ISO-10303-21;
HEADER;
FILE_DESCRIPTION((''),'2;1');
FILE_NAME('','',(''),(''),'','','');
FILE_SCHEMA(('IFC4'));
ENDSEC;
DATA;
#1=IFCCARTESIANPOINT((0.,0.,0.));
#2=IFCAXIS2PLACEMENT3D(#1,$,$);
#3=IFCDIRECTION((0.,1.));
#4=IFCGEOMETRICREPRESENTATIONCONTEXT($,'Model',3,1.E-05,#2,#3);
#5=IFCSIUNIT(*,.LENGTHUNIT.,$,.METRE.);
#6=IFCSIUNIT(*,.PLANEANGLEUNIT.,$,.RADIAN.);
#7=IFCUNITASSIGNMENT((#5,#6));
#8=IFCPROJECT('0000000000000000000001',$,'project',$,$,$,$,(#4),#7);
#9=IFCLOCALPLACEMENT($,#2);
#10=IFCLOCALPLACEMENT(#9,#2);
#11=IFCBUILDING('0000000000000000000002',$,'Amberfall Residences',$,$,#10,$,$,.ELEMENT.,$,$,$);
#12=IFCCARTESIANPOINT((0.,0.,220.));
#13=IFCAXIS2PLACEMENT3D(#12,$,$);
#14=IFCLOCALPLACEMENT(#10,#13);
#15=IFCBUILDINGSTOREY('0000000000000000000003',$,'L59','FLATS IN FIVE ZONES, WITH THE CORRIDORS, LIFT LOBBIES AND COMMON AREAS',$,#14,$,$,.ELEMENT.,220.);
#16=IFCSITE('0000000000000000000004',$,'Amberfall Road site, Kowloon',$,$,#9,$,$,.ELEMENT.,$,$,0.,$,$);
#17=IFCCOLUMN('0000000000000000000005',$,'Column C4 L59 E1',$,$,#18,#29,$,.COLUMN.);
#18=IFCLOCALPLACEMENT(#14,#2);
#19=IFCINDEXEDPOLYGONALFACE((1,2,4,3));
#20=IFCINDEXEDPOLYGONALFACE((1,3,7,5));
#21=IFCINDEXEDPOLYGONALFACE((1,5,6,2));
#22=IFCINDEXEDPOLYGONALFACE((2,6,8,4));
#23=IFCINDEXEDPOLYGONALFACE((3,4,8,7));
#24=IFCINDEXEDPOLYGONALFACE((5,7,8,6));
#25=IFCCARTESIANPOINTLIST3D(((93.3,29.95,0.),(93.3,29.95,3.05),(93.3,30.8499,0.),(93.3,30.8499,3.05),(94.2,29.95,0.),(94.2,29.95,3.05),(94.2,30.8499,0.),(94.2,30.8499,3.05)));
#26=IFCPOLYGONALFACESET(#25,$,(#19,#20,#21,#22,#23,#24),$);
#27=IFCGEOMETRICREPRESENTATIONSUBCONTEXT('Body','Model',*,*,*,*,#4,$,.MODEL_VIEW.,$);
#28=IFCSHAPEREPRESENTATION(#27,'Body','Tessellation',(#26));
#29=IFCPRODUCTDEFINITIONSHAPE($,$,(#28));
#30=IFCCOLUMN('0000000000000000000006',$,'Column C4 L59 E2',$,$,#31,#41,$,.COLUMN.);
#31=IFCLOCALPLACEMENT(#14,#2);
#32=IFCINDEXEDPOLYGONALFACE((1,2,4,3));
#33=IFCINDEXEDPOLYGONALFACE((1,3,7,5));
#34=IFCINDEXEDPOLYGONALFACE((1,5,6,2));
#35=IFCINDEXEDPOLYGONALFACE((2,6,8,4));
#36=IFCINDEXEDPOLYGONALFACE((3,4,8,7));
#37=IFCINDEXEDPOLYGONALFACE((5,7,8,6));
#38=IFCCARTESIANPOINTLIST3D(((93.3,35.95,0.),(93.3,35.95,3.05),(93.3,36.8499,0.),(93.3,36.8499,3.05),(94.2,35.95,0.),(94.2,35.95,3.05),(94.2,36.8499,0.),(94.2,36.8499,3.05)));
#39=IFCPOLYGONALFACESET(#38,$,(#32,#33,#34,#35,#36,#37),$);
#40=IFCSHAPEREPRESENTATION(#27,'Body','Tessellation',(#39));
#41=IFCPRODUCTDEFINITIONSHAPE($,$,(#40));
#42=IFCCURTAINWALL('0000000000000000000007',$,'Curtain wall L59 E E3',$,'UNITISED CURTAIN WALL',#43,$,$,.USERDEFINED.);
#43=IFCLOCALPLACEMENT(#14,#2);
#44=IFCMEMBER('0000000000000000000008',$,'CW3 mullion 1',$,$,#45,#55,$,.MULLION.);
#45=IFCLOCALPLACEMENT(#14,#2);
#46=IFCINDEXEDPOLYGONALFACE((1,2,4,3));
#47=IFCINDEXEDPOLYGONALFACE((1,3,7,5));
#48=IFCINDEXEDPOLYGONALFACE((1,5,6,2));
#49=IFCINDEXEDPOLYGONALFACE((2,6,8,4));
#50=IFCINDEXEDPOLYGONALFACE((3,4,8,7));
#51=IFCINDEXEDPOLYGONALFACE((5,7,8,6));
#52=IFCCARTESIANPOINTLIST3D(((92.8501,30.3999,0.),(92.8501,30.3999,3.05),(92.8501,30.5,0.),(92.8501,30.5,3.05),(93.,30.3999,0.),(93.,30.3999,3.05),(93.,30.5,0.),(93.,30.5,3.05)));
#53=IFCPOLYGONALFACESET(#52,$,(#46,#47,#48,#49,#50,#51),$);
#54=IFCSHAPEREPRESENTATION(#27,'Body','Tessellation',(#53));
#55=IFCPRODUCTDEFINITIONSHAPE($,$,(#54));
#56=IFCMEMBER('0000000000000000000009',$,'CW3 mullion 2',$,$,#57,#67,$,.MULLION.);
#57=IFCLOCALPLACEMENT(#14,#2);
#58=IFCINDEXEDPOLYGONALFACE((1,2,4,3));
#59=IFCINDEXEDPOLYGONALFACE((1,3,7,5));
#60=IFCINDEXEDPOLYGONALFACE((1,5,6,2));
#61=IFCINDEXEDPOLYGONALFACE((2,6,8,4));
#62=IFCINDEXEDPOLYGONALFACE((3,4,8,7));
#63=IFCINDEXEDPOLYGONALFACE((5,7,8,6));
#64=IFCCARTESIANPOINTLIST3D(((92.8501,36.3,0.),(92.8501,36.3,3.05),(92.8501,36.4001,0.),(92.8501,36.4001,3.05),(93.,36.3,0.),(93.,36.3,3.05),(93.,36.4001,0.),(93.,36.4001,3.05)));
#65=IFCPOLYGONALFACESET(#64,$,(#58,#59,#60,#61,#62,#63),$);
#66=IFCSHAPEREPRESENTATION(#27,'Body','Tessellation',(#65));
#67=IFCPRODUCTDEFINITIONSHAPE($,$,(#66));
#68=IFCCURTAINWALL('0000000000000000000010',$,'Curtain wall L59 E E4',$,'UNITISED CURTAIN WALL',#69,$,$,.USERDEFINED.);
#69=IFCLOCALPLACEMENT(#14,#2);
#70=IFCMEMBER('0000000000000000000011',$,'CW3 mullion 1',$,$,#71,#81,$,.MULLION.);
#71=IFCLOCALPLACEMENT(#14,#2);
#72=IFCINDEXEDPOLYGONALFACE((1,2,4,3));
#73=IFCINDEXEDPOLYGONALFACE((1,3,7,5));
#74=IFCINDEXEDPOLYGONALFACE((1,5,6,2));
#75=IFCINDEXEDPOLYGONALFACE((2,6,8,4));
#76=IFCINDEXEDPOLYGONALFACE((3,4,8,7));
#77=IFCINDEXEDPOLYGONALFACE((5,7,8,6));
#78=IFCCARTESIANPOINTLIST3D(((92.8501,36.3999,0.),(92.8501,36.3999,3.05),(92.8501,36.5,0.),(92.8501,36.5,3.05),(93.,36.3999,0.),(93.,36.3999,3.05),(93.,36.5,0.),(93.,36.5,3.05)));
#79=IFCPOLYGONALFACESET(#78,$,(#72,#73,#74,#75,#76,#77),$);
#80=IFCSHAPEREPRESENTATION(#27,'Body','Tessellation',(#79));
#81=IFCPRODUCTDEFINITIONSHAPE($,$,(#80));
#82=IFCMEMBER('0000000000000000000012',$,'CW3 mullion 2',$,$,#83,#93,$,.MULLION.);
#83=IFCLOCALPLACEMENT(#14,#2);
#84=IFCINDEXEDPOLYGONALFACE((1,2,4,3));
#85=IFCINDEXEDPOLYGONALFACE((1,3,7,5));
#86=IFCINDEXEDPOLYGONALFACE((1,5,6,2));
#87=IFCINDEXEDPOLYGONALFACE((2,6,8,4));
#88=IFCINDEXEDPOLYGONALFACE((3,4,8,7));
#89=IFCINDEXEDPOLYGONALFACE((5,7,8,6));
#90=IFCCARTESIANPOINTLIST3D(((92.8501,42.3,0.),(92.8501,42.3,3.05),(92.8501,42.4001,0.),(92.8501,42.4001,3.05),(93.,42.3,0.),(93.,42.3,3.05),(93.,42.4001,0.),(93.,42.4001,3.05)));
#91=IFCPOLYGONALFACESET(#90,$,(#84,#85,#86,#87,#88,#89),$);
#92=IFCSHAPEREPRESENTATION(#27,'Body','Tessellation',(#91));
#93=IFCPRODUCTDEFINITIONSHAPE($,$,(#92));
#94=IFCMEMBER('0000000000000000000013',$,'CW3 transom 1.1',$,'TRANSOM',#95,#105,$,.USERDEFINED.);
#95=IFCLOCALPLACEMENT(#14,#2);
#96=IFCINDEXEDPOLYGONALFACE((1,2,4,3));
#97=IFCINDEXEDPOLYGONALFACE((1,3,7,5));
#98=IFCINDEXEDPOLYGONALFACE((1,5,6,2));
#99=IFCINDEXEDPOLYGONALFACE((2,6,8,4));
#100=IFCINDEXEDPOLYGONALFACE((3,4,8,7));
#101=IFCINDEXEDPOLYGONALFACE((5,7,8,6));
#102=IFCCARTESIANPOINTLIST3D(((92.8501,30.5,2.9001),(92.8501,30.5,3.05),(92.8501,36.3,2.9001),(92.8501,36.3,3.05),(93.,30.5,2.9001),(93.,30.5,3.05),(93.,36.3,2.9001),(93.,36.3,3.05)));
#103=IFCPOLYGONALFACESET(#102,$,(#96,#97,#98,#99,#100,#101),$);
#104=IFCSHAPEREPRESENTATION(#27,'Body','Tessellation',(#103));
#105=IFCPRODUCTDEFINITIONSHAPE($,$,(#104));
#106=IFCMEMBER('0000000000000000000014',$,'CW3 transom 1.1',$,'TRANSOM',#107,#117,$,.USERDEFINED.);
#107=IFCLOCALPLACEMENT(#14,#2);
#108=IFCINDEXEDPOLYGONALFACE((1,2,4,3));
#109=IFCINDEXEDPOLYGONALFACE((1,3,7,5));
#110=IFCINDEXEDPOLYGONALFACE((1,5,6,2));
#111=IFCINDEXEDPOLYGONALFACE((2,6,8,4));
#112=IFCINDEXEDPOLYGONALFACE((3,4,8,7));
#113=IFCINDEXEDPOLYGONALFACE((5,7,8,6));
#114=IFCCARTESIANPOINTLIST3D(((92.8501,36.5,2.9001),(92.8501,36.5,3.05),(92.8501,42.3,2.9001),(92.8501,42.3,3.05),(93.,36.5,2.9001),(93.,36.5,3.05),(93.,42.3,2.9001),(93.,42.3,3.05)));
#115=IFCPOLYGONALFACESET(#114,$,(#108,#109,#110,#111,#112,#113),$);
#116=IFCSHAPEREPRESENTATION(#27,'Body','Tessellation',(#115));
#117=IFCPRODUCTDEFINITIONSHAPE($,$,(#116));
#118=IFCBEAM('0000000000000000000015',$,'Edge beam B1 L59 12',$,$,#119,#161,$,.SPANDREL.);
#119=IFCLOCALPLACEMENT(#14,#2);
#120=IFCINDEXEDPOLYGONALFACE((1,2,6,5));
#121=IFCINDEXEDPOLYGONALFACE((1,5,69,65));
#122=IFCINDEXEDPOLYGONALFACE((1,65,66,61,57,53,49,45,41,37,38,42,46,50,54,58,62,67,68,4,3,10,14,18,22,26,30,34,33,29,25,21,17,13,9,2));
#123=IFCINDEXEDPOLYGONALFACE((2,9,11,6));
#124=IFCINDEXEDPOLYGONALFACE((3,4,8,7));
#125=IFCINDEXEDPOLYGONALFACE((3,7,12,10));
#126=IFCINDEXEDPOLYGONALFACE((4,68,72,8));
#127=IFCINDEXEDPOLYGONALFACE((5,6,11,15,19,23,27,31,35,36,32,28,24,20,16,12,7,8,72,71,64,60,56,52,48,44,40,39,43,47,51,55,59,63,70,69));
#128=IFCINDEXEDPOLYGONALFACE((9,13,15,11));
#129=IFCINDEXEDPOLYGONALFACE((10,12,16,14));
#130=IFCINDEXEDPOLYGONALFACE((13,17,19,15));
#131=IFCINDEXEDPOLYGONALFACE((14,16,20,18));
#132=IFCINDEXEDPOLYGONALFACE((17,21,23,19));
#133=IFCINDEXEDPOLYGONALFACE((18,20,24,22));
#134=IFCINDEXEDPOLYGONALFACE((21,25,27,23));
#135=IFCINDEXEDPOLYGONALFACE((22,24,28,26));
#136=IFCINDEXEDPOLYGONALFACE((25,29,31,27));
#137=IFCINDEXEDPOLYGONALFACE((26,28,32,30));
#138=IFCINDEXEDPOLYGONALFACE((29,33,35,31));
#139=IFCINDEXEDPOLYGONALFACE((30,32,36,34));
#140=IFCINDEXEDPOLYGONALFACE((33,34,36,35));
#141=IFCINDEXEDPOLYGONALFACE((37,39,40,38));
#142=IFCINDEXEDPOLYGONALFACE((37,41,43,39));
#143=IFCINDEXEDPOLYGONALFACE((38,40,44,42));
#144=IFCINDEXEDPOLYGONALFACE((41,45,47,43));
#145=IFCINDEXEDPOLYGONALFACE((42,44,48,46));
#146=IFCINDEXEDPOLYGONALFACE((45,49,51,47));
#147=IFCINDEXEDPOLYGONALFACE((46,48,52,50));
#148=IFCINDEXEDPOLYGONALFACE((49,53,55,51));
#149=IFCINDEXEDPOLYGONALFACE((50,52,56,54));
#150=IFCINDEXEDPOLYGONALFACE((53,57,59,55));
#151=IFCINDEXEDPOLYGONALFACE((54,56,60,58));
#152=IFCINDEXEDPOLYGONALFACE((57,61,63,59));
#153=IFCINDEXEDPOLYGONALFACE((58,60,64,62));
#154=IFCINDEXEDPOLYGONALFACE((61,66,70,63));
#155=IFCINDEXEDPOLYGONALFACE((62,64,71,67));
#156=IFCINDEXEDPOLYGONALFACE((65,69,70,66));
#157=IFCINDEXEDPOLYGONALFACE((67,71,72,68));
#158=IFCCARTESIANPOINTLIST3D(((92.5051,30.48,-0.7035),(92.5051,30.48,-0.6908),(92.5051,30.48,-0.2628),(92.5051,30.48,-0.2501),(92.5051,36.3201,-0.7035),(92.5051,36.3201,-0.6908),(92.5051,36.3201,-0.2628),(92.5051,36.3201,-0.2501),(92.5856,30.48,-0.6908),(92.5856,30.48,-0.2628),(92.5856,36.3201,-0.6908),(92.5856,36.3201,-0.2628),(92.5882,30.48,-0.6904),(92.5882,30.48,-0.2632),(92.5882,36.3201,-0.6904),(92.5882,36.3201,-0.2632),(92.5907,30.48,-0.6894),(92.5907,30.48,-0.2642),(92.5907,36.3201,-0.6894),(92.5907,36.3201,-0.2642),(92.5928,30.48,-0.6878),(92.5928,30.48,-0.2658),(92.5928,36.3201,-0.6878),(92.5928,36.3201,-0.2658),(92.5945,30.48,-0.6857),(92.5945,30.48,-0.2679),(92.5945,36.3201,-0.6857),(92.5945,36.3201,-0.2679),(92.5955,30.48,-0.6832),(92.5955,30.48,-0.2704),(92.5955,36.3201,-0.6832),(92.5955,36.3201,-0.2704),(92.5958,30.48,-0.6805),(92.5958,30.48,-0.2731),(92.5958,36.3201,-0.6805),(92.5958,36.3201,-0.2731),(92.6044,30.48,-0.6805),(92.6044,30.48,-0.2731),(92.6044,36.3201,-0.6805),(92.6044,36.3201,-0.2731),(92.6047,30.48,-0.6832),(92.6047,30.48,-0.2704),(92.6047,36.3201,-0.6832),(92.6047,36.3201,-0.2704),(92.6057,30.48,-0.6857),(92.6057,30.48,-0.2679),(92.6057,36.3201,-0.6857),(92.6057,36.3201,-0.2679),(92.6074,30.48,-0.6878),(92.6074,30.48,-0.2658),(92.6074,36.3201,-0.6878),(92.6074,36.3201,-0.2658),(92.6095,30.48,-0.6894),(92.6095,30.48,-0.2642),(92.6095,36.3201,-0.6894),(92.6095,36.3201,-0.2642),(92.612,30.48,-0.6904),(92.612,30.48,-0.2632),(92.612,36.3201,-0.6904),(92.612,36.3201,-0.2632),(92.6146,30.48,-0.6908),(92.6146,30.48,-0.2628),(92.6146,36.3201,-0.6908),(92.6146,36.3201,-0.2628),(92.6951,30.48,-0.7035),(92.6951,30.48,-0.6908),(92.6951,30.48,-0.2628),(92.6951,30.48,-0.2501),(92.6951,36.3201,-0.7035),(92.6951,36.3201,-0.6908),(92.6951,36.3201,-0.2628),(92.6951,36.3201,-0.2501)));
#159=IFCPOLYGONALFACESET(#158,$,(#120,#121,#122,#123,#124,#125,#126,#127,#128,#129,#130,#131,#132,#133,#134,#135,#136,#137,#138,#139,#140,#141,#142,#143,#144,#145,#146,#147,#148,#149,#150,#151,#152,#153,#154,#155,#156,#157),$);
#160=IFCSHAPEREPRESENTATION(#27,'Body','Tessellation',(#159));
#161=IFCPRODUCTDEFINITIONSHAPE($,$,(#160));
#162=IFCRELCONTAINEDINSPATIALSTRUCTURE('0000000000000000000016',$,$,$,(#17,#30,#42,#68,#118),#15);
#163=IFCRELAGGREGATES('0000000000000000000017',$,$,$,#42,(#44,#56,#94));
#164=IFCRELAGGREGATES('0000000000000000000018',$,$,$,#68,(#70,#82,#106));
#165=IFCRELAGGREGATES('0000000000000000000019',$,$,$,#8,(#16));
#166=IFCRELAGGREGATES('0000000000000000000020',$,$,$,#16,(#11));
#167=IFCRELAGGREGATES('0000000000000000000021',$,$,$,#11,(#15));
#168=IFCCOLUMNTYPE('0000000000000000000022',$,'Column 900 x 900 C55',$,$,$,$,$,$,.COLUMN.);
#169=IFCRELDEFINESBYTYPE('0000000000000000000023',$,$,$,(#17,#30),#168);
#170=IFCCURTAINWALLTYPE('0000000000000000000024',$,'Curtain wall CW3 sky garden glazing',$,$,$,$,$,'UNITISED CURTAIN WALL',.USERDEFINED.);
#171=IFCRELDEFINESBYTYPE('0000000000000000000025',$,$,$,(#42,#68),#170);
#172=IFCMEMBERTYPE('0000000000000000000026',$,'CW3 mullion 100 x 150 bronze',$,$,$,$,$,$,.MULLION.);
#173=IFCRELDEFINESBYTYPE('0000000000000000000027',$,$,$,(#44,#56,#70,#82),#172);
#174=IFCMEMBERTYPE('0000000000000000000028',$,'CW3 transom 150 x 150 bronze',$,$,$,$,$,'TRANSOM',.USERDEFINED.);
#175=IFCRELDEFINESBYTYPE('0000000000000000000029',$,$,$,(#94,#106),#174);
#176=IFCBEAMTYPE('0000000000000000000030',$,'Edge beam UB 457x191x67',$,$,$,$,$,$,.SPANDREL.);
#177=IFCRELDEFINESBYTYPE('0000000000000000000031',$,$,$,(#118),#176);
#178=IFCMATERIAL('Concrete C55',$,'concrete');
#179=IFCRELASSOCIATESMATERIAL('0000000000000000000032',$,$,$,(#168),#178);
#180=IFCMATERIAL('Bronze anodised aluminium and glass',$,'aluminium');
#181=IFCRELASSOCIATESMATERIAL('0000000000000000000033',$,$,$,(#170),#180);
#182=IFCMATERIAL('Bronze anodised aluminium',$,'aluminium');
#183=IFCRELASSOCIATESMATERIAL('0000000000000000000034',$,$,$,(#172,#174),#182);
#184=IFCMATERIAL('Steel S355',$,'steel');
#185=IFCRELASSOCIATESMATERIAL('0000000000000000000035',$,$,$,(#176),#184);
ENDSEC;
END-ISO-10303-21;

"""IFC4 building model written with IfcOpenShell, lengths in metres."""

from ifc_helpers import new_model, si_unit, direction, frame, origin, origin_2d, place, context, subcontext, project, spatial, rectangle, i_section, extrude, material, material_profile, profile_set, type_object, element, aggregate, save


model = new_model("IFC4")

# Units and contexts
model_context = context("Model", 3, precision=1e-05, world=origin(), true_north=direction((0.0, 1.0)))
body_context = subcontext(model_context, "Body", "Model", "MODEL_VIEW")
ifc_project = project(units=[si_unit("LENGTHUNIT", "METRE"), si_unit("PLANEANGLEUNIT", "RADIAN")], contexts=[model_context])

# Site, building, storey
site_placement = place(None, origin())
site = spatial("IfcSite", under=ifc_project, at=site_placement, Name="Amberfall Road site, Kowloon", CompositionType="ELEMENT", RefElevation=0.0)
building_placement = place(site_placement, origin())
building = spatial("IfcBuilding", under=site, at=building_placement, Name="Amberfall Residences", CompositionType="ELEMENT")
storey_placement = place(building_placement, frame((0.0, 0.0, 220.0)))
storey = spatial("IfcBuildingStorey", under=building, at=storey_placement, Name="L59", Description="FLATS IN FIVE ZONES, WITH THE CORRIDORS, LIFT LOBBIES AND COMMON AREAS", CompositionType="ELEMENT", Elevation=220.0)

# Columns
ifc_material_1 = material(Name="Concrete C55", Category="concrete")
ifc_material_profile_1 = material_profile(ifc_material_1, rectangle(XDim=0.8999, YDim=0.8999, at=origin_2d()), Name="Column 900 x 900 C55")
ifc_profile_set_1 = profile_set([ifc_material_profile_1], Name="Concrete C55")
column_type = type_object("IfcColumnType", Name="Column 900 x 900 C55", PredefinedType="COLUMN", material=ifc_profile_set_1)
for number, where, z_axis, x_axis, name in (
    (1, (93.75, 30.3999, 0.0), (0.0, 0.0, 1.0), (1.0, 0.0, 0.0), "Column C4 L59 E1"),
    (2, (93.75, 36.3999, 0.0), (0.0, 0.0, 1.0), (1.0, 0.0, 0.0), "Column C4 L59 E2"),
):
    element("IfcColumn", number, at=place(storey_placement, frame(where, z_axis=z_axis, x_axis=x_axis)), inside=storey, type_object=column_type, Name=name, PredefinedType="COLUMN", context=body_context, shape_type="SweptSolid", body=[
        extrude(rectangle(XDim=0.8999, YDim=0.8999, at=origin_2d()), origin(), (0.0, 0.0, 1.0), 3.05),
    ])

# Curtain walls, members
ifc_material_2 = material(Name="Bronze anodised aluminium and glass", Category="aluminium")
curtain_wall_type = type_object("IfcCurtainWallType", Name="Curtain wall CW3 sky garden glazing", ElementType="UNITISED CURTAIN WALL", PredefinedType="USERDEFINED", material=ifc_material_2)
curtain_wall_1_placement = place(storey_placement, origin())
curtain_wall_1 = element("IfcCurtainWall", 3, at=curtain_wall_1_placement, inside=storey, type_object=curtain_wall_type, Name="Curtain wall L59 E E3", ObjectType="UNITISED CURTAIN WALL", PredefinedType="USERDEFINED")
ifc_material_3 = material(Name="Bronze anodised aluminium", Category="aluminium")
ifc_material_profile_2 = material_profile(ifc_material_3, rectangle(XDim=0.1499, YDim=0.1001, at=origin_2d()), Name="CW3 mullion 100 x 150 bronze")
ifc_profile_set_2 = profile_set([ifc_material_profile_2], Name="Bronze anodised aluminium")
member_type_1 = type_object("IfcMemberType", Name="CW3 mullion 100 x 150 bronze", PredefinedType="MULLION", material=ifc_profile_set_2)
member_1_placement = place(storey_placement, frame((92.925, 30.45, 0.0), z_axis=(0.0, 0.0, 1.0), x_axis=(-1.0, 0.0, 0.0)))
member_1 = element("IfcMember", 4, at=member_1_placement, type_object=member_type_1, Name="CW3 mullion 1", PredefinedType="MULLION", context=body_context, shape_type="SweptSolid", body=[
    extrude(rectangle(XDim=0.1499, YDim=0.1001, at=origin_2d()), origin(), (0.0, 0.0, 1.0), 3.05),
])
member_2_placement = place(storey_placement, frame((92.925, 36.3501, 0.0), z_axis=(0.0, 0.0, 1.0), x_axis=(-1.0, 0.0, 0.0)))
member_2 = element("IfcMember", 5, at=member_2_placement, type_object=member_type_1, Name="CW3 mullion 2", PredefinedType="MULLION", context=body_context, shape_type="SweptSolid", body=[
    extrude(rectangle(XDim=0.1499, YDim=0.1001, at=origin_2d()), origin(), (0.0, 0.0, 1.0), 3.05),
])
curtain_wall_2_placement = place(storey_placement, origin())
curtain_wall_2 = element("IfcCurtainWall", 6, at=curtain_wall_2_placement, inside=storey, type_object=curtain_wall_type, Name="Curtain wall L59 E E4", ObjectType="UNITISED CURTAIN WALL", PredefinedType="USERDEFINED")
member_3_placement = place(storey_placement, frame((92.925, 36.45, 0.0), z_axis=(0.0, 0.0, 1.0), x_axis=(-1.0, 0.0, 0.0)))
member_3 = element("IfcMember", 7, at=member_3_placement, type_object=member_type_1, Name="CW3 mullion 1", PredefinedType="MULLION", context=body_context, shape_type="SweptSolid", body=[
    extrude(rectangle(XDim=0.1499, YDim=0.1001, at=origin_2d()), origin(), (0.0, 0.0, 1.0), 3.05),
])
member_4_placement = place(storey_placement, frame((92.925, 42.3501, 0.0), z_axis=(0.0, 0.0, 1.0), x_axis=(-1.0, 0.0, 0.0)))
member_4 = element("IfcMember", 8, at=member_4_placement, type_object=member_type_1, Name="CW3 mullion 2", PredefinedType="MULLION", context=body_context, shape_type="SweptSolid", body=[
    extrude(rectangle(XDim=0.1499, YDim=0.1001, at=origin_2d()), origin(), (0.0, 0.0, 1.0), 3.05),
])

# Members
ifc_material_profile_3 = material_profile(ifc_material_3, rectangle(XDim=0.1499, YDim=0.1499, at=origin_2d()), Name="CW3 transom 150 x 150 bronze")
ifc_profile_set_3 = profile_set([ifc_material_profile_3], Name="Bronze anodised aluminium")
member_type_2 = type_object("IfcMemberType", Name="CW3 transom 150 x 150 bronze", ElementType="TRANSOM", PredefinedType="USERDEFINED", material=ifc_profile_set_3)
member_5_placement = place(storey_placement, frame((92.925, 30.5, 2.9751), z_axis=(0.0, 1.0, 0.0), x_axis=(-1.0, 0.0, 0.0)))
member_5 = element("IfcMember", 9, at=member_5_placement, type_object=member_type_2, Name="CW3 transom 1.1", ObjectType="TRANSOM", PredefinedType="USERDEFINED", context=body_context, shape_type="SweptSolid", body=[
    extrude(rectangle(XDim=0.1499, YDim=0.1499, at=origin_2d()), origin(), (0.0, 0.0, 1.0), 5.8),
])
member_6_placement = place(storey_placement, frame((92.925, 36.5, 2.9751), z_axis=(0.0, 1.0, 0.0), x_axis=(-1.0, 0.0, 0.0)))
member_6 = element("IfcMember", 10, at=member_6_placement, type_object=member_type_2, Name="CW3 transom 1.1", ObjectType="TRANSOM", PredefinedType="USERDEFINED", context=body_context, shape_type="SweptSolid", body=[
    extrude(rectangle(XDim=0.1499, YDim=0.1499, at=origin_2d()), origin(), (0.0, 0.0, 1.0), 5.8),
])

# Beam
ifc_material_4 = material(Name="Steel S355", Category="steel")
ifc_material_profile_4 = material_profile(ifc_material_4, i_section(OverallWidth=0.1899, OverallDepth=0.4534, WebThickness=0.0085, FlangeThickness=0.0127, FilletRadius=0.0103, at=origin_2d()), Name="UB 457x191x67")
ifc_profile_set_4 = profile_set([ifc_material_profile_4], Name="Steel S355")
beam_type_1 = type_object("IfcBeamType", Name="Edge beam UB 457x191x67", PredefinedType="SPANDREL", material=ifc_profile_set_4)
for number, where, z_axis, x_axis, name in (
    (11, (92.6001, 30.48, -0.4768), (0.0, 1.0, 0.0), (-1.0, 0.0, 0.0), "Edge beam B1 L59 12"),
):
    element("IfcBeam", number, at=place(storey_placement, frame(where, z_axis=z_axis, x_axis=x_axis)), inside=storey, type_object=beam_type_1, Name=name, PredefinedType="SPANDREL", context=body_context, shape_type="SweptSolid", body=[
        extrude(i_section(OverallWidth=0.1899, OverallDepth=0.4534, WebThickness=0.0085, FlangeThickness=0.0127, FilletRadius=0.0103, at=origin_2d()), origin(), (0.0, 0.0, 1.0), 5.8401),
    ])

aggregate(curtain_wall_1, [member_1, member_2, member_5])
aggregate(curtain_wall_2, [member_3, member_4, member_6])

save(model, "model.ifc")
